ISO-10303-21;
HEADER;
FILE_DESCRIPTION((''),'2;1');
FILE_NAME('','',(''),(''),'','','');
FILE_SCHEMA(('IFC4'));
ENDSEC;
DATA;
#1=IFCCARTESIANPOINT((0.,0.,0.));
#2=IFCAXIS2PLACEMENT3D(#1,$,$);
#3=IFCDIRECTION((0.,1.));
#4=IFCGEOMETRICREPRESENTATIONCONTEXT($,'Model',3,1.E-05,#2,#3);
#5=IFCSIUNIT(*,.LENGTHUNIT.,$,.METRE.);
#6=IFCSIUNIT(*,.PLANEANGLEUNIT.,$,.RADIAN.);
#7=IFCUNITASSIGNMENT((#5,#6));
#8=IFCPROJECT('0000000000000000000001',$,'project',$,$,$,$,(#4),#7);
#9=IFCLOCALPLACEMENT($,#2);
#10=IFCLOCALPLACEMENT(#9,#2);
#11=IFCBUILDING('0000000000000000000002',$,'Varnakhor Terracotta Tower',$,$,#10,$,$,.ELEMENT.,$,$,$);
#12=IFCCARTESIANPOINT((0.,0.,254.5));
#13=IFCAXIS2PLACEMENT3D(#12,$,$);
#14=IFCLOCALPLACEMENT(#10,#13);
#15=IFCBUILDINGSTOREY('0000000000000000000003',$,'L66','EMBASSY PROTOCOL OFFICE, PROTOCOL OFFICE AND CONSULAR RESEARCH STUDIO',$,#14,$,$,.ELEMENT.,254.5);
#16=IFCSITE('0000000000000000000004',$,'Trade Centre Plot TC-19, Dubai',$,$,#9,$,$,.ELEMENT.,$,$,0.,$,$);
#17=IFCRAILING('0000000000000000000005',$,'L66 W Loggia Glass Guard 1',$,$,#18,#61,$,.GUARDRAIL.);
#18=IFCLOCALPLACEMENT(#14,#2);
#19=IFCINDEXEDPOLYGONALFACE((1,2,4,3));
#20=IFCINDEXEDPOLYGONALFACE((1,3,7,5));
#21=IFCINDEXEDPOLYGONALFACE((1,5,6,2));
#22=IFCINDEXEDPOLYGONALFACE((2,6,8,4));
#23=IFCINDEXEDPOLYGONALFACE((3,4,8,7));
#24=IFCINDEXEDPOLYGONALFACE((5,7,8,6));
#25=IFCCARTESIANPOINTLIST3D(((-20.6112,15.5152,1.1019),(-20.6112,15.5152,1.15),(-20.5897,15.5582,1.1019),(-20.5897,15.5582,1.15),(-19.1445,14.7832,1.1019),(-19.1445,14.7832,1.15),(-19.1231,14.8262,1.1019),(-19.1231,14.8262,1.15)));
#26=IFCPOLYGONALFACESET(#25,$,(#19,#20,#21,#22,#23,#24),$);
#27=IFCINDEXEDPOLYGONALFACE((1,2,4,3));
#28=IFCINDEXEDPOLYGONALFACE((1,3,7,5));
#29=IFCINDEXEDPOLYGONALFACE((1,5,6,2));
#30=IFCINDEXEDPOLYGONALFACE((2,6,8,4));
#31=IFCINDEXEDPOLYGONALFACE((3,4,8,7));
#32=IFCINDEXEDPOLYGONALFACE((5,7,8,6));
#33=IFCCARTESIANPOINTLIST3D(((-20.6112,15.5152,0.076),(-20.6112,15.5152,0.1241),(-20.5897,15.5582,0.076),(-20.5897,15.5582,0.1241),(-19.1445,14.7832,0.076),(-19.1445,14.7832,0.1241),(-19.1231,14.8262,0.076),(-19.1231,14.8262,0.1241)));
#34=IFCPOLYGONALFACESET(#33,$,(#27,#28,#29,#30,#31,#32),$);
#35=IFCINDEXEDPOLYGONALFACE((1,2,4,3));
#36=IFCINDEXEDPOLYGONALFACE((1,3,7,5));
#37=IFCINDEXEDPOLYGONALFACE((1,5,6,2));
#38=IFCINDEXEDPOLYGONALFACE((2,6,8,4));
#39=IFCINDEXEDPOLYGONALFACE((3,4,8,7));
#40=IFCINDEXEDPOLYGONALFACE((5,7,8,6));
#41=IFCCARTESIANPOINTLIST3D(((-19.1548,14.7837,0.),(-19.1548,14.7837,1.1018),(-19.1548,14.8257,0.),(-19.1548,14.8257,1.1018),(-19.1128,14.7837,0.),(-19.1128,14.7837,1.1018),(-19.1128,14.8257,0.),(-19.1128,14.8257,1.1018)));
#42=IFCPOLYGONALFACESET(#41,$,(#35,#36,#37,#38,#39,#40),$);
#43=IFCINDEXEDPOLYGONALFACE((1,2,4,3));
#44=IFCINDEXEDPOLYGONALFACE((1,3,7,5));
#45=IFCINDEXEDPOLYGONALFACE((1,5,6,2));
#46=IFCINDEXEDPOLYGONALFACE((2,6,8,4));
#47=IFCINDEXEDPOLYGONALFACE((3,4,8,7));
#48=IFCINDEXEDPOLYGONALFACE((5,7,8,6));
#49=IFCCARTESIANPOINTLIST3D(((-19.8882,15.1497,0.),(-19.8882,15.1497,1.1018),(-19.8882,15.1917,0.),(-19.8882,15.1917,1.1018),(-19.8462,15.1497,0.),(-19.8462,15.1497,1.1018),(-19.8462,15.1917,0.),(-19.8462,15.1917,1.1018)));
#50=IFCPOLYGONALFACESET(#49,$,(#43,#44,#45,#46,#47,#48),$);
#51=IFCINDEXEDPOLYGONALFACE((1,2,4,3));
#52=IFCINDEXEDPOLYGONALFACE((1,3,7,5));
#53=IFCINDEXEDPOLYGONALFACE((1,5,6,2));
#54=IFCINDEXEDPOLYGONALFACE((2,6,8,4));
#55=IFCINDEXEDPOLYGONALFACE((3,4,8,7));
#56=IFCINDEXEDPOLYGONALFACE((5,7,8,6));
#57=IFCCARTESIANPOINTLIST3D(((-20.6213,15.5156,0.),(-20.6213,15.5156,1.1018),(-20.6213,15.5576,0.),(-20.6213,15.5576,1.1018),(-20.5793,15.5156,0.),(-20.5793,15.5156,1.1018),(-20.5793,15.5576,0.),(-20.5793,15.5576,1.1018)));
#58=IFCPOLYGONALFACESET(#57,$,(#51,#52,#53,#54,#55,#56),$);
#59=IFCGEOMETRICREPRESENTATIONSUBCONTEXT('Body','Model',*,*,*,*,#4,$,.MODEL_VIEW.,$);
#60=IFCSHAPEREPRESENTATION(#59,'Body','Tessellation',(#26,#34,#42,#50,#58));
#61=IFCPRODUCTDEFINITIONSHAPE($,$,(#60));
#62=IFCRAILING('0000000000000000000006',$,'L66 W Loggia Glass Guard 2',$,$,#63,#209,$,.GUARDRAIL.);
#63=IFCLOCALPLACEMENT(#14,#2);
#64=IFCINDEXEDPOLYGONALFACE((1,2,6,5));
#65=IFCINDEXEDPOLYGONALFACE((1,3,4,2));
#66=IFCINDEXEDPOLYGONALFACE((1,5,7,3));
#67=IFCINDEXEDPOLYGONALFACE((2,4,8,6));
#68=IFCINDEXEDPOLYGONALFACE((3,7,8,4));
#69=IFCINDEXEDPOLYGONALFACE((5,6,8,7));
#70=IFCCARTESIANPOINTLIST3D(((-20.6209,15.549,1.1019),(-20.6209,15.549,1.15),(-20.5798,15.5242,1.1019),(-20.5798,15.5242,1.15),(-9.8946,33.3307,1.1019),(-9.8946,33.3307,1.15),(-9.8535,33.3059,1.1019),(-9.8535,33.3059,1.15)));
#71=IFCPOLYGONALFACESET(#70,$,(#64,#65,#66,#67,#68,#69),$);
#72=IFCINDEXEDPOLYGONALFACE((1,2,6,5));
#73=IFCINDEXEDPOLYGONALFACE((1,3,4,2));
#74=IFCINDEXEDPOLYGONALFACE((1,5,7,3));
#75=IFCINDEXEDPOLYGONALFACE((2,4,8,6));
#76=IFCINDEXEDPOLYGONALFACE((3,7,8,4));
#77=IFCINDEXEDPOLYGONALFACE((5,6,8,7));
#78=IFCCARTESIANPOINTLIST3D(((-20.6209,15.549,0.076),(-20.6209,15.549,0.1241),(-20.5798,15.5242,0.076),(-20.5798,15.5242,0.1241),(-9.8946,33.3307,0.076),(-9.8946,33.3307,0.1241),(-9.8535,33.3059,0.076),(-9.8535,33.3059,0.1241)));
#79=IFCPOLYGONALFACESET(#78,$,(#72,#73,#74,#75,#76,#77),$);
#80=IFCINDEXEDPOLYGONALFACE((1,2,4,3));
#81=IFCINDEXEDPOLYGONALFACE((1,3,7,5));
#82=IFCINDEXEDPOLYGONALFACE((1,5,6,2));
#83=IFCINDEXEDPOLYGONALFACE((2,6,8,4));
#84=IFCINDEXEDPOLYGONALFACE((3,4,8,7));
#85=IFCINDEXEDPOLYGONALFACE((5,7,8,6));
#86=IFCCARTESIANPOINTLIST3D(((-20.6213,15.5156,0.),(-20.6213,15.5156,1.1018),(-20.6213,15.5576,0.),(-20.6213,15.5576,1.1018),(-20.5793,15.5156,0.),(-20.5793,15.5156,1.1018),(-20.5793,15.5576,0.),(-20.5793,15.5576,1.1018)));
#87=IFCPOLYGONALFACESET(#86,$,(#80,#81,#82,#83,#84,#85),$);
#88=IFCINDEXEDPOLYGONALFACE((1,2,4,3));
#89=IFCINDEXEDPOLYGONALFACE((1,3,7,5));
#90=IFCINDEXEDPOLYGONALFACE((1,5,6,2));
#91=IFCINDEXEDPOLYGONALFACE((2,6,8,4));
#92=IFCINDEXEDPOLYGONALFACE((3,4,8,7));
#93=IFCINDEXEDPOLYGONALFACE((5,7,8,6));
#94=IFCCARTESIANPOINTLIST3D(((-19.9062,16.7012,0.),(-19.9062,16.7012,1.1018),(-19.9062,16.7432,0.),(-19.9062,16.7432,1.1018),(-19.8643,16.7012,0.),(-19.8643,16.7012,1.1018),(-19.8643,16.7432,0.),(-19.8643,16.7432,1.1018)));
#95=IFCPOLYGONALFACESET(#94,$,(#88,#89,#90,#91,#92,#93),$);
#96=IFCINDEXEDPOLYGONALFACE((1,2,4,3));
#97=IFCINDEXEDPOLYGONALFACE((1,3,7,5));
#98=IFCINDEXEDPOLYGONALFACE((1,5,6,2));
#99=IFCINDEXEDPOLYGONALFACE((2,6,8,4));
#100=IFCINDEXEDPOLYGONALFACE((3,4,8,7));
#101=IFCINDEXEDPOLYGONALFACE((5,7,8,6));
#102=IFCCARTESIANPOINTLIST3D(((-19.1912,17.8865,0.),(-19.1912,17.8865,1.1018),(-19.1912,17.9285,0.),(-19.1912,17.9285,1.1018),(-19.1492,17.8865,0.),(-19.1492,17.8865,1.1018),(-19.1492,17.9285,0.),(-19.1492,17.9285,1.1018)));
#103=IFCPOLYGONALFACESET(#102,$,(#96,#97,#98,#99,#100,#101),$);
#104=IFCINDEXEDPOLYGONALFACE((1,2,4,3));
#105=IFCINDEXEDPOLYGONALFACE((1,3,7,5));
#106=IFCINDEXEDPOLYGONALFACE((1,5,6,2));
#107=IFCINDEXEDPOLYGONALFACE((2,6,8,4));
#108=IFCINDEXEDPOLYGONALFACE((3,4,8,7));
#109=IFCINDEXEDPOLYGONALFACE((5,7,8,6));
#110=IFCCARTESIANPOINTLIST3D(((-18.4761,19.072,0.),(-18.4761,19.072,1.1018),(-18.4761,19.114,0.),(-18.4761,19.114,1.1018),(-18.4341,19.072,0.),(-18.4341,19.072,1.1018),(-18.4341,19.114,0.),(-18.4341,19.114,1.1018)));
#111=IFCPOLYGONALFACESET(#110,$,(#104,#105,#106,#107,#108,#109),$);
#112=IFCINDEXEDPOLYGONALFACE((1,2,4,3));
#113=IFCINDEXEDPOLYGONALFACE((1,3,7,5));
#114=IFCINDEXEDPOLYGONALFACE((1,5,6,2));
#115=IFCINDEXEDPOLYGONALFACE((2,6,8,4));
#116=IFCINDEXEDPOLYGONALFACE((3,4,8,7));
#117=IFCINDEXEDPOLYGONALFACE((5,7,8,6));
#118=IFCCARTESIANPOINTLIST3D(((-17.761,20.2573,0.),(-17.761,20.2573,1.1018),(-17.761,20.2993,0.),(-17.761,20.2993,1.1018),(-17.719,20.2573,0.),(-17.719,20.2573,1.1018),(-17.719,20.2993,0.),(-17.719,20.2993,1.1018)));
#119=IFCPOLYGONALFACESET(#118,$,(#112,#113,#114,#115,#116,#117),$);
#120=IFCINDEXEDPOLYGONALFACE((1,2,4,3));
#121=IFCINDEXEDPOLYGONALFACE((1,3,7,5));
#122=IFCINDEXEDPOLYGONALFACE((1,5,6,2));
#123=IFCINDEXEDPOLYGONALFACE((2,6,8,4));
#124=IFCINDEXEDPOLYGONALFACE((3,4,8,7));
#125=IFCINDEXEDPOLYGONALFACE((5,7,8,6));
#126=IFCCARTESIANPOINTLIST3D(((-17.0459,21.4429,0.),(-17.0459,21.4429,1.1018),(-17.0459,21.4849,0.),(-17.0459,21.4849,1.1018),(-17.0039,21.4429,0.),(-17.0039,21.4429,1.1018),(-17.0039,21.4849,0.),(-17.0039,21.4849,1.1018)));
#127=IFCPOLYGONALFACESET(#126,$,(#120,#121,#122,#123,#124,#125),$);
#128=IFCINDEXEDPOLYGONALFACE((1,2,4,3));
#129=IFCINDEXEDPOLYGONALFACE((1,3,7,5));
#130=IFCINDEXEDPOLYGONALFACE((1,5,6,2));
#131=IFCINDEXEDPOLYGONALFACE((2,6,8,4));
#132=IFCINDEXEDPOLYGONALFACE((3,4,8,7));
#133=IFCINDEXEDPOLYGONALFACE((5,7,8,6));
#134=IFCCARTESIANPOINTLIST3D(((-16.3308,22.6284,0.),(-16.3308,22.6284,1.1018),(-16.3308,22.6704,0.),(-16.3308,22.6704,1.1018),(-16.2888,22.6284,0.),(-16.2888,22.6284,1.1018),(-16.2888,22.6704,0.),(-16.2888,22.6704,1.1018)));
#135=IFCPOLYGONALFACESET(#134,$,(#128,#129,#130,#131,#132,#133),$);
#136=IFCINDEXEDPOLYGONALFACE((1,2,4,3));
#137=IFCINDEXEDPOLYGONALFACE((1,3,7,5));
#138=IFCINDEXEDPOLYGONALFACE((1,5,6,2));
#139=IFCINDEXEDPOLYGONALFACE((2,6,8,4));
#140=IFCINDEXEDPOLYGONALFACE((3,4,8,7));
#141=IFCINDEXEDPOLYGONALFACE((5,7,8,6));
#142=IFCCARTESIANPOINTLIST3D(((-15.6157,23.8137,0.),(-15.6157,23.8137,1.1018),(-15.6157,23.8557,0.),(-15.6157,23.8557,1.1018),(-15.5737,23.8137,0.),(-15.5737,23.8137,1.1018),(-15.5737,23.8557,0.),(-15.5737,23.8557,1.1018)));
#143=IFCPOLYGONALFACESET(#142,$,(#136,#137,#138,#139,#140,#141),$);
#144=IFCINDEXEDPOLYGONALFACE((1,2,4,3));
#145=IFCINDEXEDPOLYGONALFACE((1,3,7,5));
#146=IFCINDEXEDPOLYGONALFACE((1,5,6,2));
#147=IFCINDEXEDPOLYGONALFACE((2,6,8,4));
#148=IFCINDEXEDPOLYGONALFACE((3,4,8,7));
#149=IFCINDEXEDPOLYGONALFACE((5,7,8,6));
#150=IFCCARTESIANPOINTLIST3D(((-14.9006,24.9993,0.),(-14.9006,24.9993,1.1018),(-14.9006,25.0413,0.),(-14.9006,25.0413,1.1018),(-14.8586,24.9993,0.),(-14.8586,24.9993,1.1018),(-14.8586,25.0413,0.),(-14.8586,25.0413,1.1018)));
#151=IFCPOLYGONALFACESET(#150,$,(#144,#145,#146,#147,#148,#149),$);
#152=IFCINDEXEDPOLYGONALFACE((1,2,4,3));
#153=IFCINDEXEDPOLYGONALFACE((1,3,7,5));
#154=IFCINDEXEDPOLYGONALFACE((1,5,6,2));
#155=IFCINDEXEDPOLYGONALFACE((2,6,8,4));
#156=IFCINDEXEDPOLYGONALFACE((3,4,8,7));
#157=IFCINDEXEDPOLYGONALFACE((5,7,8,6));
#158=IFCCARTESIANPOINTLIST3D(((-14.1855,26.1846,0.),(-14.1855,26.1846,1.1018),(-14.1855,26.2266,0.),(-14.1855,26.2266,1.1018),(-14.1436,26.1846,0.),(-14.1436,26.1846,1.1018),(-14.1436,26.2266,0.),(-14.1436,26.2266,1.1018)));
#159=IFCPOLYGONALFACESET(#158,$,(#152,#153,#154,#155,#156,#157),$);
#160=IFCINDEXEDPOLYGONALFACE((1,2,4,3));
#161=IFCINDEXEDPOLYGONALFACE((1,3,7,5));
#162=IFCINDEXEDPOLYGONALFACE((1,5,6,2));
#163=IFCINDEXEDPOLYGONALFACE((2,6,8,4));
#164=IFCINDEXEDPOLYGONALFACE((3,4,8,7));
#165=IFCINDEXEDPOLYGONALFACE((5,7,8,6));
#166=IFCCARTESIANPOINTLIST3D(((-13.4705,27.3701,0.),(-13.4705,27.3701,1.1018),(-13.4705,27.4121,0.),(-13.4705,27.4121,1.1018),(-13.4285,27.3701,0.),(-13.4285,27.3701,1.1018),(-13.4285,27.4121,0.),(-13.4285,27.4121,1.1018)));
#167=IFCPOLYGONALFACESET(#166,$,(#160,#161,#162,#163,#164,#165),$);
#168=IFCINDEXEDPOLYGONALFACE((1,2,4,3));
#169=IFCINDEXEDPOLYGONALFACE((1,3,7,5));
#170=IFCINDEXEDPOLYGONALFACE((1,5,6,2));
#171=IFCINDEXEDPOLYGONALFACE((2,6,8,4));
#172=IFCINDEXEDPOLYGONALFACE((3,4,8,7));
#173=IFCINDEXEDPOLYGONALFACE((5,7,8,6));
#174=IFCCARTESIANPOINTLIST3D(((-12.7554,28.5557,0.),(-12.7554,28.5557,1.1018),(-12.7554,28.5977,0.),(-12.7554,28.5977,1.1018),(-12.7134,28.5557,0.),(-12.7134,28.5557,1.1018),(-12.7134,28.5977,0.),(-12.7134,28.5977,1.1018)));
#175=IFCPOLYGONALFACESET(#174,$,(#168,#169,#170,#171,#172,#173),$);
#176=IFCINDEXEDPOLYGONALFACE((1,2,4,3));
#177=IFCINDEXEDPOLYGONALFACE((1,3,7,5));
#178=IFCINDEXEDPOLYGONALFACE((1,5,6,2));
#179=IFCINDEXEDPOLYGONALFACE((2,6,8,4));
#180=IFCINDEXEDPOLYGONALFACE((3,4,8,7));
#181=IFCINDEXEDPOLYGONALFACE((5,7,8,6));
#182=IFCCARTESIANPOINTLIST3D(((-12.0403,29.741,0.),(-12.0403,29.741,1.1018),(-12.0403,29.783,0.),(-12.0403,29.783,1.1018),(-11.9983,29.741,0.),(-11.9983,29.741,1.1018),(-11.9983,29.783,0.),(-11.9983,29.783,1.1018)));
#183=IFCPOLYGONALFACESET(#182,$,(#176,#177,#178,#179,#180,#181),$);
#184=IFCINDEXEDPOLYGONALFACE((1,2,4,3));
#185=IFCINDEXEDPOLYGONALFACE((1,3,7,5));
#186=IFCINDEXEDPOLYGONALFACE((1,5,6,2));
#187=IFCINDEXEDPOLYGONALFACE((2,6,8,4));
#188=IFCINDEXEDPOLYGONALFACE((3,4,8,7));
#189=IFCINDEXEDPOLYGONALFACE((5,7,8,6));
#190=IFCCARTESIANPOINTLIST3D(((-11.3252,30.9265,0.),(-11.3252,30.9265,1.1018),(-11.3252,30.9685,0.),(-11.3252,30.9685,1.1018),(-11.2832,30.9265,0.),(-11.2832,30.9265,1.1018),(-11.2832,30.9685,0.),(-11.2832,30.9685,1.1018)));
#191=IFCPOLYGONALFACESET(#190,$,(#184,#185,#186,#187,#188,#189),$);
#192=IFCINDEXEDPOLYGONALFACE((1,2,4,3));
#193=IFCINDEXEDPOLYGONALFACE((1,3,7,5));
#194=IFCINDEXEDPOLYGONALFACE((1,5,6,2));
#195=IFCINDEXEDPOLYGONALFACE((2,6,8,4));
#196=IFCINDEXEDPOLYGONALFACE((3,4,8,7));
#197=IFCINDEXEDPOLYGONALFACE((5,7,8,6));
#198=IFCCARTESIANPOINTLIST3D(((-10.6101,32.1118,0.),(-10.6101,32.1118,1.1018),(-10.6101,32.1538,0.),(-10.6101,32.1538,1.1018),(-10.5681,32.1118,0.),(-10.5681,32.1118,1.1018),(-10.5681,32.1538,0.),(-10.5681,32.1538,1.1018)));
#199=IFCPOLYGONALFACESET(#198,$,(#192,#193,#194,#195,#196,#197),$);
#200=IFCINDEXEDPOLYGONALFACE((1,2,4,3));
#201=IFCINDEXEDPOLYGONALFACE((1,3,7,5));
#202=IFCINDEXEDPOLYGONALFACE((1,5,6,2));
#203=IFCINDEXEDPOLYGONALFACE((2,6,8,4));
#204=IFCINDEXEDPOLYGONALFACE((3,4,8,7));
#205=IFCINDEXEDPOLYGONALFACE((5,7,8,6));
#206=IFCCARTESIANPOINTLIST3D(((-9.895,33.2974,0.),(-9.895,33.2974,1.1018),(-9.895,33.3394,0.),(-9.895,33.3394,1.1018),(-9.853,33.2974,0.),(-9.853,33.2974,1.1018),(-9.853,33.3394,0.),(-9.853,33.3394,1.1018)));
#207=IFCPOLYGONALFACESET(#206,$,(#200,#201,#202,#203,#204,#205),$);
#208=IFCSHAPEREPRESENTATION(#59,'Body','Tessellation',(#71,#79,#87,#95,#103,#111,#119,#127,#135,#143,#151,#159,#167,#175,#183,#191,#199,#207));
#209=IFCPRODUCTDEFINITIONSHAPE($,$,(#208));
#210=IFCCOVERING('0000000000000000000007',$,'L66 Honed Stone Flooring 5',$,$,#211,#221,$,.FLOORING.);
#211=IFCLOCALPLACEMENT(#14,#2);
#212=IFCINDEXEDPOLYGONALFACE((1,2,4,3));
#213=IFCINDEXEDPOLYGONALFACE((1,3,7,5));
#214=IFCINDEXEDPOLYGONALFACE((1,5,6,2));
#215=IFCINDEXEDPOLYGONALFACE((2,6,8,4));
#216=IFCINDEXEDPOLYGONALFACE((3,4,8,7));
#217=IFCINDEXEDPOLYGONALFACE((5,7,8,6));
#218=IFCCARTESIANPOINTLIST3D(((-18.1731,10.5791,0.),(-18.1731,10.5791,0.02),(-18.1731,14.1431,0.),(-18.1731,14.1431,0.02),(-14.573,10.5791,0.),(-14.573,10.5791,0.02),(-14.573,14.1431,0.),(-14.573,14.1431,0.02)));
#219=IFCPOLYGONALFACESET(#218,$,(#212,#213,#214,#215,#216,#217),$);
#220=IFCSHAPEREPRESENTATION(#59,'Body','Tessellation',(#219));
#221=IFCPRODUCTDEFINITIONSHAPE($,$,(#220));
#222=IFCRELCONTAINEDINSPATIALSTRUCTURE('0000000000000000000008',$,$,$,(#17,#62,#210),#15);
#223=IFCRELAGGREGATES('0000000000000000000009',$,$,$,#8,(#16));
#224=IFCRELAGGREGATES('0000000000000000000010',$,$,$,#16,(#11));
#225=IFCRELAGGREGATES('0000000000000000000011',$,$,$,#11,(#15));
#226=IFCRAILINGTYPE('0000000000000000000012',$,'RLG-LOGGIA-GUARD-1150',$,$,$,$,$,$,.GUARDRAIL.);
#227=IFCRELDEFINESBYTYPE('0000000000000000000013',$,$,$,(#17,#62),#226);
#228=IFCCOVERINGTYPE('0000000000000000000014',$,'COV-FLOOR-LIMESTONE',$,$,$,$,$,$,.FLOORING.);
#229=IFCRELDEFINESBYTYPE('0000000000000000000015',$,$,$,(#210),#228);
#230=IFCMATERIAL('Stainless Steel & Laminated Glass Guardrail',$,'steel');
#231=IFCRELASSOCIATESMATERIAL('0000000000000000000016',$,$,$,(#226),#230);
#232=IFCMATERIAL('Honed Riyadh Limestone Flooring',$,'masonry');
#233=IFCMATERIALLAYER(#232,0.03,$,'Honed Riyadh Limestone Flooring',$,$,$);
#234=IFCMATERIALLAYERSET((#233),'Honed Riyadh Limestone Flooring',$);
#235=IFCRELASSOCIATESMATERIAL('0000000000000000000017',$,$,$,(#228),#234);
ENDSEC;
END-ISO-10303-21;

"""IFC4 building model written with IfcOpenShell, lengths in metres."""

from ifc_helpers import new_model, si_unit, direction, frame, origin, origin_2d, place, context, subcontext, project, spatial, rectangle, extrude, source, transform, mapped, material, layer, layer_set, type_object, element, save


model = new_model("IFC4")

# Units and contexts
model_context = context("Model", 3, precision=1e-05, world=origin(), true_north=direction((0.0, 1.0)))
body_context = subcontext(model_context, "Body", "Model", "MODEL_VIEW")
ifc_project = project(units=[si_unit("LENGTHUNIT", "METRE"), si_unit("PLANEANGLEUNIT", "RADIAN")], contexts=[model_context])

# Site, building, storey
site_placement = place(None, origin())
site = spatial("IfcSite", under=ifc_project, at=site_placement, Name="Trade Centre Plot TC-19, Dubai", CompositionType="ELEMENT", RefElevation=0.0)
building_placement = place(site_placement, origin())
building = spatial("IfcBuilding", under=site, at=building_placement, Name="Varnakhor Terracotta Tower", CompositionType="ELEMENT")
storey_placement = place(building_placement, frame((0.0, 0.0, 254.5)))
storey = spatial("IfcBuildingStorey", under=building, at=storey_placement, Name="L66", Description="EMBASSY PROTOCOL OFFICE, PROTOCOL OFFICE AND CONSULAR RESEARCH STUDIO", CompositionType="ELEMENT", Elevation=254.5)

# Railings
ifc_material_1 = material(Name="Stainless Steel & Laminated Glass Guardrail", Category="steel")
railing_type = type_object("IfcRailingType", Name="RLG-LOGGIA-GUARD-1150", PredefinedType="GUARDRAIL", material=ifc_material_1)
railing_1_placement = place(storey_placement, frame((-19.1338, 14.8047, 0.0)))
element("IfcRailing", 1, at=railing_1_placement, inside=storey, type_object=railing_type, Name="L66 W Loggia Glass Guard 1", PredefinedType="GUARDRAIL", context=body_context, shape_type="SweptSolid", body=[
    extrude(rectangle(XDim=0.0481, YDim=0.0481, at=origin_2d()), frame((0.0, 0.0, 1.126), z_axis=(-0.894755, 0.446558, 0.0), x_axis=(-0.446558, -0.894755, 0.0)), (0.0, 0.0, 1.0), 1.6392),
    extrude(rectangle(XDim=0.0481, YDim=0.0481, at=origin_2d()), frame((0.0, 0.0, 0.1001), z_axis=(-0.894755, 0.446558, 0.0), x_axis=(-0.446558, -0.894755, 0.0)), (0.0, 0.0, 1.0), 1.6392),
    extrude(rectangle(XDim=0.042, YDim=0.042, at=origin_2d()), origin(), (0.0, 0.0, 1.0), 1.1018),
    extrude(rectangle(XDim=0.042, YDim=0.042, at=origin_2d()), frame((-0.7334, 0.366, 0.0)), (0.0, 0.0, 1.0), 1.1018),
    extrude(rectangle(XDim=0.042, YDim=0.042, at=origin_2d()), frame((-1.4666, 0.7319, 0.0)), (0.0, 0.0, 1.0), 1.1018),
])
railing_2_placement = place(storey_placement, frame((-20.6003, 15.5366, 0.0)))
element("IfcRailing", 2, at=railing_2_placement, inside=storey, type_object=railing_type, Name="L66 W Loggia Glass Guard 2", PredefinedType="GUARDRAIL", context=body_context, shape_type="SweptSolid", body=[
    extrude(rectangle(XDim=0.0481, YDim=0.0481, at=origin_2d()), frame((0.0, 0.0, 1.126), z_axis=(0.516522, 0.856274, 0.0), x_axis=(-0.856274, 0.516522, 0.0)), (0.0, 0.0, 1.0), 20.7664),
    extrude(rectangle(XDim=0.0481, YDim=0.0481, at=origin_2d()), frame((0.0, 0.0, 0.1001), z_axis=(0.516522, 0.856274, 0.0), x_axis=(-0.856274, 0.516522, 0.0)), (0.0, 0.0, 1.0), 20.7664),
    extrude(rectangle(XDim=0.042, YDim=0.042, at=origin_2d()), origin(), (0.0, 0.0, 1.0), 1.1018),
    extrude(rectangle(XDim=0.042, YDim=0.042, at=origin_2d()), frame((0.7151, 1.1855, 0.0)), (0.0, 0.0, 1.0), 1.1018),
    extrude(rectangle(XDim=0.042, YDim=0.042, at=origin_2d()), frame((1.4302, 2.3708, 0.0)), (0.0, 0.0, 1.0), 1.1018),
    extrude(rectangle(XDim=0.042, YDim=0.042, at=origin_2d()), frame((2.1453, 3.5564, 0.0)), (0.0, 0.0, 1.0), 1.1018),
    extrude(rectangle(XDim=0.042, YDim=0.042, at=origin_2d()), frame((2.8604, 4.7417, 0.0)), (0.0, 0.0, 1.0), 1.1018),
    extrude(rectangle(XDim=0.042, YDim=0.042, at=origin_2d()), frame((3.5754, 5.9272, 0.0)), (0.0, 0.0, 1.0), 1.1018),
    extrude(rectangle(XDim=0.042, YDim=0.042, at=origin_2d()), frame((4.2905, 7.1128, 0.0)), (0.0, 0.0, 1.0), 1.1018),
    extrude(rectangle(XDim=0.042, YDim=0.042, at=origin_2d()), frame((5.0056, 8.2981, 0.0)), (0.0, 0.0, 1.0), 1.1018),
    extrude(rectangle(XDim=0.042, YDim=0.042, at=origin_2d()), frame((5.7207, 9.4836, 0.0)), (0.0, 0.0, 1.0), 1.1018),
    extrude(rectangle(XDim=0.042, YDim=0.042, at=origin_2d()), frame((6.4358, 10.6689, 0.0)), (0.0, 0.0, 1.0), 1.1018),
    extrude(rectangle(XDim=0.042, YDim=0.042, at=origin_2d()), frame((7.1509, 11.8545, 0.0)), (0.0, 0.0, 1.0), 1.1018),
    extrude(rectangle(XDim=0.042, YDim=0.042, at=origin_2d()), frame((7.866, 13.04, 0.0)), (0.0, 0.0, 1.0), 1.1018),
    extrude(rectangle(XDim=0.042, YDim=0.042, at=origin_2d()), frame((8.5811, 14.2253, 0.0)), (0.0, 0.0, 1.0), 1.1018),
    extrude(rectangle(XDim=0.042, YDim=0.042, at=origin_2d()), frame((9.2961, 15.4109, 0.0)), (0.0, 0.0, 1.0), 1.1018),
    extrude(rectangle(XDim=0.042, YDim=0.042, at=origin_2d()), frame((10.0112, 16.5962, 0.0)), (0.0, 0.0, 1.0), 1.1018),
    extrude(rectangle(XDim=0.042, YDim=0.042, at=origin_2d()), frame((10.7263, 17.7817, 0.0)), (0.0, 0.0, 1.0), 1.1018),
])

# Covering
ifc_material_2 = material(Name="Honed Riyadh Limestone Flooring", Category="masonry")
ifc_layer_1 = layer(ifc_material_2, 0.03, Name="Honed Riyadh Limestone Flooring")
ifc_layer_set_1 = layer_set([ifc_layer_1], Name="Honed Riyadh Limestone Flooring")
covering_type = type_object("IfcCoveringType", Name="COV-FLOOR-LIMESTONE", PredefinedType="FLOORING", material=ifc_layer_set_1)
shared_shape_1 = source(origin(), body_context, "Body", "SweptSolid", [
    extrude(rectangle(XDim=3.6001, YDim=3.564, at=origin_2d()), origin(), (0.0, 0.0, 1.0), 0.02),
])
covering_placement = place(storey_placement, frame((-16.373, 12.3611, 0.0), z_axis=(0.0, 0.0, 1.0), x_axis=(1.0, 0.0, 0.0)))
element("IfcCovering", 3, at=covering_placement, inside=storey, type_object=covering_type, Name="L66 Honed Stone Flooring 5", PredefinedType="FLOORING", context=body_context, shape_type="MappedRepresentation", body=[
    mapped(shared_shape_1, transform((0.0, 0.0, 0.0), scale=1.0)),
])

save(model, "model.ifc")
